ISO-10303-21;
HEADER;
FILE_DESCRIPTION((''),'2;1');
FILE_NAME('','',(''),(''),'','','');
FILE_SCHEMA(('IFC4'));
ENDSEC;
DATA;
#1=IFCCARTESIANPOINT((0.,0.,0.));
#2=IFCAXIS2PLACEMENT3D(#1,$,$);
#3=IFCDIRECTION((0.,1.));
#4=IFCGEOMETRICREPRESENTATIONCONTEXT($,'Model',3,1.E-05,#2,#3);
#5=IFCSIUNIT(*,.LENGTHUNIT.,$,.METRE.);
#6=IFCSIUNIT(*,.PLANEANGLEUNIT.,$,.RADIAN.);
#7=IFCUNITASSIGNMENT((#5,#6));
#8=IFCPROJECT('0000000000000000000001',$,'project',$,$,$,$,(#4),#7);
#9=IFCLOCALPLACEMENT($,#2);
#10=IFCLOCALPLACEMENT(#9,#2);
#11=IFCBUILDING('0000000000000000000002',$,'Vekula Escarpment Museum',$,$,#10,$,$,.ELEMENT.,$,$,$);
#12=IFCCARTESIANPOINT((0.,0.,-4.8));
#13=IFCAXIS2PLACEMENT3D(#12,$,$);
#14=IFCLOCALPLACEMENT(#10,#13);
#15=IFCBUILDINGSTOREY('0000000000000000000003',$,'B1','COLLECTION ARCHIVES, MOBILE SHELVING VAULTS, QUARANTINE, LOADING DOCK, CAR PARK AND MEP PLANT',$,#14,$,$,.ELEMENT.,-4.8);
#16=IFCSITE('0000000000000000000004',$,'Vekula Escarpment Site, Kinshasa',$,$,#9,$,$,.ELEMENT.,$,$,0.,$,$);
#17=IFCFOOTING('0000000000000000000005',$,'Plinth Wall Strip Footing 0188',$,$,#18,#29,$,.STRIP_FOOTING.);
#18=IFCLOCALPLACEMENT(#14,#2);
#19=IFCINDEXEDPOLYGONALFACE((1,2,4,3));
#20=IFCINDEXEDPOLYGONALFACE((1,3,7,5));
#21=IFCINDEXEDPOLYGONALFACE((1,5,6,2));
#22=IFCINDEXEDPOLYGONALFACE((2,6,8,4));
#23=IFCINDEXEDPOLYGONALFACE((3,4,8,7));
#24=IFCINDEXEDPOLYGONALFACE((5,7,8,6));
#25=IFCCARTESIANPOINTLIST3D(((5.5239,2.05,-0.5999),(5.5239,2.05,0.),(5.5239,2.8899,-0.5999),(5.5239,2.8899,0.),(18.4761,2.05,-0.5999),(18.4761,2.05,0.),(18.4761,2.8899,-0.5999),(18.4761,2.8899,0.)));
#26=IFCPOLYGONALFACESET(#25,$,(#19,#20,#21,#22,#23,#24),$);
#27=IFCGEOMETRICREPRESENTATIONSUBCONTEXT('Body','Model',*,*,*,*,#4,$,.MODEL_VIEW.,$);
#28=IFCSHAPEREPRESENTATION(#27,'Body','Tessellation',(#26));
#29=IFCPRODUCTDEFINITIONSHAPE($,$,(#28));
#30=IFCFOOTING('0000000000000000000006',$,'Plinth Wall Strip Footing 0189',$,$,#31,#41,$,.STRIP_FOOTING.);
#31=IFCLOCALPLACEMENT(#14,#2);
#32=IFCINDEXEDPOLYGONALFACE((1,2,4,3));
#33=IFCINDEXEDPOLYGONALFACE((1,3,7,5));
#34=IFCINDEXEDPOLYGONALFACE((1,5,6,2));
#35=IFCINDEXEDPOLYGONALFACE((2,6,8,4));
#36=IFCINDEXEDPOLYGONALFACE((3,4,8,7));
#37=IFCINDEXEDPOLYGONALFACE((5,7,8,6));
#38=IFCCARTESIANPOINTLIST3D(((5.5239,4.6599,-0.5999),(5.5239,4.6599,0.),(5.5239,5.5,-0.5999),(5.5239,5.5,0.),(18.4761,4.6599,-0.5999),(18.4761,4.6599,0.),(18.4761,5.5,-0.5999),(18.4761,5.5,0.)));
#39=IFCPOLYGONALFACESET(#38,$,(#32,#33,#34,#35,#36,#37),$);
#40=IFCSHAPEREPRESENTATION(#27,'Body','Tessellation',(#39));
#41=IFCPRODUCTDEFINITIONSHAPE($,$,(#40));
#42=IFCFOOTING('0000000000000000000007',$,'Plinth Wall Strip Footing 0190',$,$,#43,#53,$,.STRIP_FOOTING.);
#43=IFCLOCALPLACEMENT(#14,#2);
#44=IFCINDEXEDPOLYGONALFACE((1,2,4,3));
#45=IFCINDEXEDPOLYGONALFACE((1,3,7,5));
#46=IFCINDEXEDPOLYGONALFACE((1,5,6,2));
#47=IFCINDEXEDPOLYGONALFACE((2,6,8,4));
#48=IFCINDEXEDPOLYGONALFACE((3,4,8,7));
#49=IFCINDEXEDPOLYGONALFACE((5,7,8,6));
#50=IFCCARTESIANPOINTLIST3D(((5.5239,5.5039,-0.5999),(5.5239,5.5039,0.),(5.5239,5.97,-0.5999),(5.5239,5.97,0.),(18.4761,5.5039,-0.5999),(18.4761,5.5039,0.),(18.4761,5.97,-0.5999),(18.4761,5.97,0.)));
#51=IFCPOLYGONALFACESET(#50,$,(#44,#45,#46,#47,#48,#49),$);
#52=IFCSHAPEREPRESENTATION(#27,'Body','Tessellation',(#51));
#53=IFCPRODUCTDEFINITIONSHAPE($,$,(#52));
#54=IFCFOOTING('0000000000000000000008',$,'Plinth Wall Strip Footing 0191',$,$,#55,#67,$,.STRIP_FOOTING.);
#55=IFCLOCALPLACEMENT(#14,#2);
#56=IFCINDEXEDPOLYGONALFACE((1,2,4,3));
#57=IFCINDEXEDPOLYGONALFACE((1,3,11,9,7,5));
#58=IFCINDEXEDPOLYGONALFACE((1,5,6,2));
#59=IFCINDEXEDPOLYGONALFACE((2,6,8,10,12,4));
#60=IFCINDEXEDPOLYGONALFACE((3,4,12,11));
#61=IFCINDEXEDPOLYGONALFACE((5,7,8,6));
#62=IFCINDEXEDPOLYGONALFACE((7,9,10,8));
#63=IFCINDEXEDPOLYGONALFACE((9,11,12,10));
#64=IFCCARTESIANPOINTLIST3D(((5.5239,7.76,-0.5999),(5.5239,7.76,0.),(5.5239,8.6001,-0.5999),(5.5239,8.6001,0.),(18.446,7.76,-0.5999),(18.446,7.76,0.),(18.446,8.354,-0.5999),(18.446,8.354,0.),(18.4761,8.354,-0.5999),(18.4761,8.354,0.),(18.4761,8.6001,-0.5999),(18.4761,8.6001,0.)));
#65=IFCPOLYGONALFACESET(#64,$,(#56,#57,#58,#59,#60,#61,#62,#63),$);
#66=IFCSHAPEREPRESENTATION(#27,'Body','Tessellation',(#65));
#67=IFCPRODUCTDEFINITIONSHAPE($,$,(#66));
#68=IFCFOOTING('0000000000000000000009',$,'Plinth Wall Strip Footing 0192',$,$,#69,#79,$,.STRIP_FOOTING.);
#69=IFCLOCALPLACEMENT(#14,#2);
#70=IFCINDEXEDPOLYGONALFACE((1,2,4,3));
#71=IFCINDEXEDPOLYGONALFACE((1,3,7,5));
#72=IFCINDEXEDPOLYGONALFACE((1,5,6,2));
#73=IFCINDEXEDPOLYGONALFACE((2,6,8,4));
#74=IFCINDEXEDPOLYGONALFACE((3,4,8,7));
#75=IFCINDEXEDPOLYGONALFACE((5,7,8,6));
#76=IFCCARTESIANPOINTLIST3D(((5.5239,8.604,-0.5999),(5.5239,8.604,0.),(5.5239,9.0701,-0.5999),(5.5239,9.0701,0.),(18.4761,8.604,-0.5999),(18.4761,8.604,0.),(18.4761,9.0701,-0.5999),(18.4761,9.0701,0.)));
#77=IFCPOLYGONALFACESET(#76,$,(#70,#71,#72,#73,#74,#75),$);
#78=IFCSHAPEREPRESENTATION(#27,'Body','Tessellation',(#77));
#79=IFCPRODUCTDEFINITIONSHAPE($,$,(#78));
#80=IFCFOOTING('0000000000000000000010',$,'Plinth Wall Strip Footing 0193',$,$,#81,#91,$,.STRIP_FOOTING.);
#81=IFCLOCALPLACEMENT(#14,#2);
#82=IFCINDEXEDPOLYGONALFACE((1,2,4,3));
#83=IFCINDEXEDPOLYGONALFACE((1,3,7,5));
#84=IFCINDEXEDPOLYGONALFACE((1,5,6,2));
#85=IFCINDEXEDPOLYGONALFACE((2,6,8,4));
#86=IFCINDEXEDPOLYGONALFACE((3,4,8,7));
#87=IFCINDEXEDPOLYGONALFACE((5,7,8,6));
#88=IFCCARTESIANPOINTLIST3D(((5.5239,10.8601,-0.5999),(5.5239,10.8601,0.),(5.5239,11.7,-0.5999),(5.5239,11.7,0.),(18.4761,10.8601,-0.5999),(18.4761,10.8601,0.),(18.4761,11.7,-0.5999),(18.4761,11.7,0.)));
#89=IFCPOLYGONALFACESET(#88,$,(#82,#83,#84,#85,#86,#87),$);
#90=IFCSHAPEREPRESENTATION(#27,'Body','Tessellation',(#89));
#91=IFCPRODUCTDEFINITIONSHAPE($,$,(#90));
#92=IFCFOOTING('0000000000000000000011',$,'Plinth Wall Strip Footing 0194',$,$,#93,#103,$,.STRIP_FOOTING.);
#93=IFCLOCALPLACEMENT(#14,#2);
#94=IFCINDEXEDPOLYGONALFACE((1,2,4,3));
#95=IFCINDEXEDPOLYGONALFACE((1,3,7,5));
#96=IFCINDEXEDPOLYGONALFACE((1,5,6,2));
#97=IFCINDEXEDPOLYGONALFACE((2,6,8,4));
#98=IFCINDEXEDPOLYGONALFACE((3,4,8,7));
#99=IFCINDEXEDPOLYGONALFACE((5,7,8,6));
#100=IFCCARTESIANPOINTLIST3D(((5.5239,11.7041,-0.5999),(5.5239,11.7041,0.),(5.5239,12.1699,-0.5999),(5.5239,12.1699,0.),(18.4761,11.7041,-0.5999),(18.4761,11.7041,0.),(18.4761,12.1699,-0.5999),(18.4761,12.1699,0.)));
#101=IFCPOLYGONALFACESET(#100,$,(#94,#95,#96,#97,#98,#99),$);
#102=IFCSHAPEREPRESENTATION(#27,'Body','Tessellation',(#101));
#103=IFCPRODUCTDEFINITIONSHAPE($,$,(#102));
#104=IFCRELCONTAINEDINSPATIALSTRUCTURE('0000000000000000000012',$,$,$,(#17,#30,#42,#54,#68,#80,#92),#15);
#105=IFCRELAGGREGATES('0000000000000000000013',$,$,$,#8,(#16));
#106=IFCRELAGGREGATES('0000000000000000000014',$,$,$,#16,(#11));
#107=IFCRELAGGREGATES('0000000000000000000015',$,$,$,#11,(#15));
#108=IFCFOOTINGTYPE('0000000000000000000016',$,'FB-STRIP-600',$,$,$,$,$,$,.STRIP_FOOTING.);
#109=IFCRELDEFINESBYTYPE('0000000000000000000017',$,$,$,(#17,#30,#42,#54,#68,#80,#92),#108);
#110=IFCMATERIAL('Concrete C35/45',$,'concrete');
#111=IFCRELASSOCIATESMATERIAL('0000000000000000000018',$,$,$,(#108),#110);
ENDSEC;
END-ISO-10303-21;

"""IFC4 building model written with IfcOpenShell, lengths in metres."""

from ifc_helpers import new_model, si_unit, direction, frame, origin, place, context, subcontext, project, spatial, polyline, outline, extrude, material, type_object, element, save


model = new_model("IFC4")

# Units and contexts
model_context = context("Model", 3, precision=1e-05, world=origin(), true_north=direction((0.0, 1.0)))
body_context = subcontext(model_context, "Body", "Model", "MODEL_VIEW")
ifc_project = project(units=[si_unit("LENGTHUNIT", "METRE"), si_unit("PLANEANGLEUNIT", "RADIAN")], contexts=[model_context])

# Site, building, storey
site_placement = place(None, origin())
site = spatial("IfcSite", under=ifc_project, at=site_placement, Name="Vekula Escarpment Site, Kinshasa", CompositionType="ELEMENT", RefElevation=0.0)
building_placement = place(site_placement, origin())
building = spatial("IfcBuilding", under=site, at=building_placement, Name="Vekula Escarpment Museum", CompositionType="ELEMENT")
storey_placement = place(building_placement, frame((0.0, 0.0, -4.8)))
storey = spatial("IfcBuildingStorey", under=building, at=storey_placement, Name="B1", Description="COLLECTION ARCHIVES, MOBILE SHELVING VAULTS, QUARANTINE, LOADING DOCK, CAR PARK AND MEP PLANT", CompositionType="ELEMENT", Elevation=-4.8)

# Footings
ifc_material = material(Name="Concrete C35/45", Category="concrete")
footing_type = type_object("IfcFootingType", Name="FB-STRIP-600", PredefinedType="STRIP_FOOTING", material=ifc_material)
footing_1_placement = place(storey_placement, frame((0.0, 0.0, -0.5999)))
element("IfcFooting", 1, at=footing_1_placement, inside=storey, type_object=footing_type, Name="Plinth Wall Strip Footing 0188", PredefinedType="STRIP_FOOTING", context=body_context, shape_type="SweptSolid", body=[
    extrude(outline(polyline([(5.5239, 2.05), (5.5239, 2.8899), (18.4761, 2.8899), (18.4761, 2.05), (5.5239, 2.05)])), origin(), (0.0, 0.0, 1.0), 0.5999),
])
footing_2_placement = place(storey_placement, frame((0.0, 0.0, -0.5999)))
element("IfcFooting", 2, at=footing_2_placement, inside=storey, type_object=footing_type, Name="Plinth Wall Strip Footing 0189", PredefinedType="STRIP_FOOTING", context=body_context, shape_type="SweptSolid", body=[
    extrude(outline(polyline([(5.5239, 4.6599), (5.5239, 5.5), (18.4761, 5.5), (18.4761, 4.6599), (5.5239, 4.6599)])), origin(), (0.0, 0.0, 1.0), 0.5999),
])
footing_3_placement = place(storey_placement, frame((0.0, 0.0, -0.5999)))
element("IfcFooting", 3, at=footing_3_placement, inside=storey, type_object=footing_type, Name="Plinth Wall Strip Footing 0190", PredefinedType="STRIP_FOOTING", context=body_context, shape_type="SweptSolid", body=[
    extrude(outline(polyline([(18.4761, 5.97), (18.4761, 5.5039), (5.5239, 5.5039), (5.5239, 5.97), (18.4761, 5.97)])), origin(), (0.0, 0.0, 1.0), 0.5999),
])
footing_4_placement = place(storey_placement, frame((0.0, 0.0, -0.5999)))
element("IfcFooting", 4, at=footing_4_placement, inside=storey, type_object=footing_type, Name="Plinth Wall Strip Footing 0191", PredefinedType="STRIP_FOOTING", context=body_context, shape_type="SweptSolid", body=[
    extrude(outline(polyline([(5.5239, 7.76), (5.5239, 8.6001), (18.4761, 8.6001), (18.4761, 8.354), (18.446, 8.354), (18.446, 7.76), (5.5239, 7.76)])), origin(), (0.0, 0.0, 1.0), 0.5999),
])
footing_5_placement = place(storey_placement, frame((0.0, 0.0, -0.5999)))
element("IfcFooting", 5, at=footing_5_placement, inside=storey, type_object=footing_type, Name="Plinth Wall Strip Footing 0192", PredefinedType="STRIP_FOOTING", context=body_context, shape_type="SweptSolid", body=[
    extrude(outline(polyline([(18.4761, 9.0701), (18.4761, 8.604), (5.5239, 8.604), (5.5239, 9.0701), (18.4761, 9.0701)])), origin(), (0.0, 0.0, 1.0), 0.5999),
])
footing_6_placement = place(storey_placement, frame((0.0, 0.0, -0.5999)))
element("IfcFooting", 6, at=footing_6_placement, inside=storey, type_object=footing_type, Name="Plinth Wall Strip Footing 0193", PredefinedType="STRIP_FOOTING", context=body_context, shape_type="SweptSolid", body=[
    extrude(outline(polyline([(5.5239, 10.8601), (5.5239, 11.7), (18.4761, 11.7), (18.4761, 10.8601), (5.5239, 10.8601)])), origin(), (0.0, 0.0, 1.0), 0.5999),
])
footing_7_placement = place(storey_placement, frame((0.0, 0.0, -0.5999)))
element("IfcFooting", 7, at=footing_7_placement, inside=storey, type_object=footing_type, Name="Plinth Wall Strip Footing 0194", PredefinedType="STRIP_FOOTING", context=body_context, shape_type="SweptSolid", body=[
    extrude(outline(polyline([(18.4761, 12.1699), (18.4761, 11.7041), (5.5239, 11.7041), (5.5239, 12.1699), (18.4761, 12.1699)])), origin(), (0.0, 0.0, 1.0), 0.5999),
])

save(model, "model.ifc")
